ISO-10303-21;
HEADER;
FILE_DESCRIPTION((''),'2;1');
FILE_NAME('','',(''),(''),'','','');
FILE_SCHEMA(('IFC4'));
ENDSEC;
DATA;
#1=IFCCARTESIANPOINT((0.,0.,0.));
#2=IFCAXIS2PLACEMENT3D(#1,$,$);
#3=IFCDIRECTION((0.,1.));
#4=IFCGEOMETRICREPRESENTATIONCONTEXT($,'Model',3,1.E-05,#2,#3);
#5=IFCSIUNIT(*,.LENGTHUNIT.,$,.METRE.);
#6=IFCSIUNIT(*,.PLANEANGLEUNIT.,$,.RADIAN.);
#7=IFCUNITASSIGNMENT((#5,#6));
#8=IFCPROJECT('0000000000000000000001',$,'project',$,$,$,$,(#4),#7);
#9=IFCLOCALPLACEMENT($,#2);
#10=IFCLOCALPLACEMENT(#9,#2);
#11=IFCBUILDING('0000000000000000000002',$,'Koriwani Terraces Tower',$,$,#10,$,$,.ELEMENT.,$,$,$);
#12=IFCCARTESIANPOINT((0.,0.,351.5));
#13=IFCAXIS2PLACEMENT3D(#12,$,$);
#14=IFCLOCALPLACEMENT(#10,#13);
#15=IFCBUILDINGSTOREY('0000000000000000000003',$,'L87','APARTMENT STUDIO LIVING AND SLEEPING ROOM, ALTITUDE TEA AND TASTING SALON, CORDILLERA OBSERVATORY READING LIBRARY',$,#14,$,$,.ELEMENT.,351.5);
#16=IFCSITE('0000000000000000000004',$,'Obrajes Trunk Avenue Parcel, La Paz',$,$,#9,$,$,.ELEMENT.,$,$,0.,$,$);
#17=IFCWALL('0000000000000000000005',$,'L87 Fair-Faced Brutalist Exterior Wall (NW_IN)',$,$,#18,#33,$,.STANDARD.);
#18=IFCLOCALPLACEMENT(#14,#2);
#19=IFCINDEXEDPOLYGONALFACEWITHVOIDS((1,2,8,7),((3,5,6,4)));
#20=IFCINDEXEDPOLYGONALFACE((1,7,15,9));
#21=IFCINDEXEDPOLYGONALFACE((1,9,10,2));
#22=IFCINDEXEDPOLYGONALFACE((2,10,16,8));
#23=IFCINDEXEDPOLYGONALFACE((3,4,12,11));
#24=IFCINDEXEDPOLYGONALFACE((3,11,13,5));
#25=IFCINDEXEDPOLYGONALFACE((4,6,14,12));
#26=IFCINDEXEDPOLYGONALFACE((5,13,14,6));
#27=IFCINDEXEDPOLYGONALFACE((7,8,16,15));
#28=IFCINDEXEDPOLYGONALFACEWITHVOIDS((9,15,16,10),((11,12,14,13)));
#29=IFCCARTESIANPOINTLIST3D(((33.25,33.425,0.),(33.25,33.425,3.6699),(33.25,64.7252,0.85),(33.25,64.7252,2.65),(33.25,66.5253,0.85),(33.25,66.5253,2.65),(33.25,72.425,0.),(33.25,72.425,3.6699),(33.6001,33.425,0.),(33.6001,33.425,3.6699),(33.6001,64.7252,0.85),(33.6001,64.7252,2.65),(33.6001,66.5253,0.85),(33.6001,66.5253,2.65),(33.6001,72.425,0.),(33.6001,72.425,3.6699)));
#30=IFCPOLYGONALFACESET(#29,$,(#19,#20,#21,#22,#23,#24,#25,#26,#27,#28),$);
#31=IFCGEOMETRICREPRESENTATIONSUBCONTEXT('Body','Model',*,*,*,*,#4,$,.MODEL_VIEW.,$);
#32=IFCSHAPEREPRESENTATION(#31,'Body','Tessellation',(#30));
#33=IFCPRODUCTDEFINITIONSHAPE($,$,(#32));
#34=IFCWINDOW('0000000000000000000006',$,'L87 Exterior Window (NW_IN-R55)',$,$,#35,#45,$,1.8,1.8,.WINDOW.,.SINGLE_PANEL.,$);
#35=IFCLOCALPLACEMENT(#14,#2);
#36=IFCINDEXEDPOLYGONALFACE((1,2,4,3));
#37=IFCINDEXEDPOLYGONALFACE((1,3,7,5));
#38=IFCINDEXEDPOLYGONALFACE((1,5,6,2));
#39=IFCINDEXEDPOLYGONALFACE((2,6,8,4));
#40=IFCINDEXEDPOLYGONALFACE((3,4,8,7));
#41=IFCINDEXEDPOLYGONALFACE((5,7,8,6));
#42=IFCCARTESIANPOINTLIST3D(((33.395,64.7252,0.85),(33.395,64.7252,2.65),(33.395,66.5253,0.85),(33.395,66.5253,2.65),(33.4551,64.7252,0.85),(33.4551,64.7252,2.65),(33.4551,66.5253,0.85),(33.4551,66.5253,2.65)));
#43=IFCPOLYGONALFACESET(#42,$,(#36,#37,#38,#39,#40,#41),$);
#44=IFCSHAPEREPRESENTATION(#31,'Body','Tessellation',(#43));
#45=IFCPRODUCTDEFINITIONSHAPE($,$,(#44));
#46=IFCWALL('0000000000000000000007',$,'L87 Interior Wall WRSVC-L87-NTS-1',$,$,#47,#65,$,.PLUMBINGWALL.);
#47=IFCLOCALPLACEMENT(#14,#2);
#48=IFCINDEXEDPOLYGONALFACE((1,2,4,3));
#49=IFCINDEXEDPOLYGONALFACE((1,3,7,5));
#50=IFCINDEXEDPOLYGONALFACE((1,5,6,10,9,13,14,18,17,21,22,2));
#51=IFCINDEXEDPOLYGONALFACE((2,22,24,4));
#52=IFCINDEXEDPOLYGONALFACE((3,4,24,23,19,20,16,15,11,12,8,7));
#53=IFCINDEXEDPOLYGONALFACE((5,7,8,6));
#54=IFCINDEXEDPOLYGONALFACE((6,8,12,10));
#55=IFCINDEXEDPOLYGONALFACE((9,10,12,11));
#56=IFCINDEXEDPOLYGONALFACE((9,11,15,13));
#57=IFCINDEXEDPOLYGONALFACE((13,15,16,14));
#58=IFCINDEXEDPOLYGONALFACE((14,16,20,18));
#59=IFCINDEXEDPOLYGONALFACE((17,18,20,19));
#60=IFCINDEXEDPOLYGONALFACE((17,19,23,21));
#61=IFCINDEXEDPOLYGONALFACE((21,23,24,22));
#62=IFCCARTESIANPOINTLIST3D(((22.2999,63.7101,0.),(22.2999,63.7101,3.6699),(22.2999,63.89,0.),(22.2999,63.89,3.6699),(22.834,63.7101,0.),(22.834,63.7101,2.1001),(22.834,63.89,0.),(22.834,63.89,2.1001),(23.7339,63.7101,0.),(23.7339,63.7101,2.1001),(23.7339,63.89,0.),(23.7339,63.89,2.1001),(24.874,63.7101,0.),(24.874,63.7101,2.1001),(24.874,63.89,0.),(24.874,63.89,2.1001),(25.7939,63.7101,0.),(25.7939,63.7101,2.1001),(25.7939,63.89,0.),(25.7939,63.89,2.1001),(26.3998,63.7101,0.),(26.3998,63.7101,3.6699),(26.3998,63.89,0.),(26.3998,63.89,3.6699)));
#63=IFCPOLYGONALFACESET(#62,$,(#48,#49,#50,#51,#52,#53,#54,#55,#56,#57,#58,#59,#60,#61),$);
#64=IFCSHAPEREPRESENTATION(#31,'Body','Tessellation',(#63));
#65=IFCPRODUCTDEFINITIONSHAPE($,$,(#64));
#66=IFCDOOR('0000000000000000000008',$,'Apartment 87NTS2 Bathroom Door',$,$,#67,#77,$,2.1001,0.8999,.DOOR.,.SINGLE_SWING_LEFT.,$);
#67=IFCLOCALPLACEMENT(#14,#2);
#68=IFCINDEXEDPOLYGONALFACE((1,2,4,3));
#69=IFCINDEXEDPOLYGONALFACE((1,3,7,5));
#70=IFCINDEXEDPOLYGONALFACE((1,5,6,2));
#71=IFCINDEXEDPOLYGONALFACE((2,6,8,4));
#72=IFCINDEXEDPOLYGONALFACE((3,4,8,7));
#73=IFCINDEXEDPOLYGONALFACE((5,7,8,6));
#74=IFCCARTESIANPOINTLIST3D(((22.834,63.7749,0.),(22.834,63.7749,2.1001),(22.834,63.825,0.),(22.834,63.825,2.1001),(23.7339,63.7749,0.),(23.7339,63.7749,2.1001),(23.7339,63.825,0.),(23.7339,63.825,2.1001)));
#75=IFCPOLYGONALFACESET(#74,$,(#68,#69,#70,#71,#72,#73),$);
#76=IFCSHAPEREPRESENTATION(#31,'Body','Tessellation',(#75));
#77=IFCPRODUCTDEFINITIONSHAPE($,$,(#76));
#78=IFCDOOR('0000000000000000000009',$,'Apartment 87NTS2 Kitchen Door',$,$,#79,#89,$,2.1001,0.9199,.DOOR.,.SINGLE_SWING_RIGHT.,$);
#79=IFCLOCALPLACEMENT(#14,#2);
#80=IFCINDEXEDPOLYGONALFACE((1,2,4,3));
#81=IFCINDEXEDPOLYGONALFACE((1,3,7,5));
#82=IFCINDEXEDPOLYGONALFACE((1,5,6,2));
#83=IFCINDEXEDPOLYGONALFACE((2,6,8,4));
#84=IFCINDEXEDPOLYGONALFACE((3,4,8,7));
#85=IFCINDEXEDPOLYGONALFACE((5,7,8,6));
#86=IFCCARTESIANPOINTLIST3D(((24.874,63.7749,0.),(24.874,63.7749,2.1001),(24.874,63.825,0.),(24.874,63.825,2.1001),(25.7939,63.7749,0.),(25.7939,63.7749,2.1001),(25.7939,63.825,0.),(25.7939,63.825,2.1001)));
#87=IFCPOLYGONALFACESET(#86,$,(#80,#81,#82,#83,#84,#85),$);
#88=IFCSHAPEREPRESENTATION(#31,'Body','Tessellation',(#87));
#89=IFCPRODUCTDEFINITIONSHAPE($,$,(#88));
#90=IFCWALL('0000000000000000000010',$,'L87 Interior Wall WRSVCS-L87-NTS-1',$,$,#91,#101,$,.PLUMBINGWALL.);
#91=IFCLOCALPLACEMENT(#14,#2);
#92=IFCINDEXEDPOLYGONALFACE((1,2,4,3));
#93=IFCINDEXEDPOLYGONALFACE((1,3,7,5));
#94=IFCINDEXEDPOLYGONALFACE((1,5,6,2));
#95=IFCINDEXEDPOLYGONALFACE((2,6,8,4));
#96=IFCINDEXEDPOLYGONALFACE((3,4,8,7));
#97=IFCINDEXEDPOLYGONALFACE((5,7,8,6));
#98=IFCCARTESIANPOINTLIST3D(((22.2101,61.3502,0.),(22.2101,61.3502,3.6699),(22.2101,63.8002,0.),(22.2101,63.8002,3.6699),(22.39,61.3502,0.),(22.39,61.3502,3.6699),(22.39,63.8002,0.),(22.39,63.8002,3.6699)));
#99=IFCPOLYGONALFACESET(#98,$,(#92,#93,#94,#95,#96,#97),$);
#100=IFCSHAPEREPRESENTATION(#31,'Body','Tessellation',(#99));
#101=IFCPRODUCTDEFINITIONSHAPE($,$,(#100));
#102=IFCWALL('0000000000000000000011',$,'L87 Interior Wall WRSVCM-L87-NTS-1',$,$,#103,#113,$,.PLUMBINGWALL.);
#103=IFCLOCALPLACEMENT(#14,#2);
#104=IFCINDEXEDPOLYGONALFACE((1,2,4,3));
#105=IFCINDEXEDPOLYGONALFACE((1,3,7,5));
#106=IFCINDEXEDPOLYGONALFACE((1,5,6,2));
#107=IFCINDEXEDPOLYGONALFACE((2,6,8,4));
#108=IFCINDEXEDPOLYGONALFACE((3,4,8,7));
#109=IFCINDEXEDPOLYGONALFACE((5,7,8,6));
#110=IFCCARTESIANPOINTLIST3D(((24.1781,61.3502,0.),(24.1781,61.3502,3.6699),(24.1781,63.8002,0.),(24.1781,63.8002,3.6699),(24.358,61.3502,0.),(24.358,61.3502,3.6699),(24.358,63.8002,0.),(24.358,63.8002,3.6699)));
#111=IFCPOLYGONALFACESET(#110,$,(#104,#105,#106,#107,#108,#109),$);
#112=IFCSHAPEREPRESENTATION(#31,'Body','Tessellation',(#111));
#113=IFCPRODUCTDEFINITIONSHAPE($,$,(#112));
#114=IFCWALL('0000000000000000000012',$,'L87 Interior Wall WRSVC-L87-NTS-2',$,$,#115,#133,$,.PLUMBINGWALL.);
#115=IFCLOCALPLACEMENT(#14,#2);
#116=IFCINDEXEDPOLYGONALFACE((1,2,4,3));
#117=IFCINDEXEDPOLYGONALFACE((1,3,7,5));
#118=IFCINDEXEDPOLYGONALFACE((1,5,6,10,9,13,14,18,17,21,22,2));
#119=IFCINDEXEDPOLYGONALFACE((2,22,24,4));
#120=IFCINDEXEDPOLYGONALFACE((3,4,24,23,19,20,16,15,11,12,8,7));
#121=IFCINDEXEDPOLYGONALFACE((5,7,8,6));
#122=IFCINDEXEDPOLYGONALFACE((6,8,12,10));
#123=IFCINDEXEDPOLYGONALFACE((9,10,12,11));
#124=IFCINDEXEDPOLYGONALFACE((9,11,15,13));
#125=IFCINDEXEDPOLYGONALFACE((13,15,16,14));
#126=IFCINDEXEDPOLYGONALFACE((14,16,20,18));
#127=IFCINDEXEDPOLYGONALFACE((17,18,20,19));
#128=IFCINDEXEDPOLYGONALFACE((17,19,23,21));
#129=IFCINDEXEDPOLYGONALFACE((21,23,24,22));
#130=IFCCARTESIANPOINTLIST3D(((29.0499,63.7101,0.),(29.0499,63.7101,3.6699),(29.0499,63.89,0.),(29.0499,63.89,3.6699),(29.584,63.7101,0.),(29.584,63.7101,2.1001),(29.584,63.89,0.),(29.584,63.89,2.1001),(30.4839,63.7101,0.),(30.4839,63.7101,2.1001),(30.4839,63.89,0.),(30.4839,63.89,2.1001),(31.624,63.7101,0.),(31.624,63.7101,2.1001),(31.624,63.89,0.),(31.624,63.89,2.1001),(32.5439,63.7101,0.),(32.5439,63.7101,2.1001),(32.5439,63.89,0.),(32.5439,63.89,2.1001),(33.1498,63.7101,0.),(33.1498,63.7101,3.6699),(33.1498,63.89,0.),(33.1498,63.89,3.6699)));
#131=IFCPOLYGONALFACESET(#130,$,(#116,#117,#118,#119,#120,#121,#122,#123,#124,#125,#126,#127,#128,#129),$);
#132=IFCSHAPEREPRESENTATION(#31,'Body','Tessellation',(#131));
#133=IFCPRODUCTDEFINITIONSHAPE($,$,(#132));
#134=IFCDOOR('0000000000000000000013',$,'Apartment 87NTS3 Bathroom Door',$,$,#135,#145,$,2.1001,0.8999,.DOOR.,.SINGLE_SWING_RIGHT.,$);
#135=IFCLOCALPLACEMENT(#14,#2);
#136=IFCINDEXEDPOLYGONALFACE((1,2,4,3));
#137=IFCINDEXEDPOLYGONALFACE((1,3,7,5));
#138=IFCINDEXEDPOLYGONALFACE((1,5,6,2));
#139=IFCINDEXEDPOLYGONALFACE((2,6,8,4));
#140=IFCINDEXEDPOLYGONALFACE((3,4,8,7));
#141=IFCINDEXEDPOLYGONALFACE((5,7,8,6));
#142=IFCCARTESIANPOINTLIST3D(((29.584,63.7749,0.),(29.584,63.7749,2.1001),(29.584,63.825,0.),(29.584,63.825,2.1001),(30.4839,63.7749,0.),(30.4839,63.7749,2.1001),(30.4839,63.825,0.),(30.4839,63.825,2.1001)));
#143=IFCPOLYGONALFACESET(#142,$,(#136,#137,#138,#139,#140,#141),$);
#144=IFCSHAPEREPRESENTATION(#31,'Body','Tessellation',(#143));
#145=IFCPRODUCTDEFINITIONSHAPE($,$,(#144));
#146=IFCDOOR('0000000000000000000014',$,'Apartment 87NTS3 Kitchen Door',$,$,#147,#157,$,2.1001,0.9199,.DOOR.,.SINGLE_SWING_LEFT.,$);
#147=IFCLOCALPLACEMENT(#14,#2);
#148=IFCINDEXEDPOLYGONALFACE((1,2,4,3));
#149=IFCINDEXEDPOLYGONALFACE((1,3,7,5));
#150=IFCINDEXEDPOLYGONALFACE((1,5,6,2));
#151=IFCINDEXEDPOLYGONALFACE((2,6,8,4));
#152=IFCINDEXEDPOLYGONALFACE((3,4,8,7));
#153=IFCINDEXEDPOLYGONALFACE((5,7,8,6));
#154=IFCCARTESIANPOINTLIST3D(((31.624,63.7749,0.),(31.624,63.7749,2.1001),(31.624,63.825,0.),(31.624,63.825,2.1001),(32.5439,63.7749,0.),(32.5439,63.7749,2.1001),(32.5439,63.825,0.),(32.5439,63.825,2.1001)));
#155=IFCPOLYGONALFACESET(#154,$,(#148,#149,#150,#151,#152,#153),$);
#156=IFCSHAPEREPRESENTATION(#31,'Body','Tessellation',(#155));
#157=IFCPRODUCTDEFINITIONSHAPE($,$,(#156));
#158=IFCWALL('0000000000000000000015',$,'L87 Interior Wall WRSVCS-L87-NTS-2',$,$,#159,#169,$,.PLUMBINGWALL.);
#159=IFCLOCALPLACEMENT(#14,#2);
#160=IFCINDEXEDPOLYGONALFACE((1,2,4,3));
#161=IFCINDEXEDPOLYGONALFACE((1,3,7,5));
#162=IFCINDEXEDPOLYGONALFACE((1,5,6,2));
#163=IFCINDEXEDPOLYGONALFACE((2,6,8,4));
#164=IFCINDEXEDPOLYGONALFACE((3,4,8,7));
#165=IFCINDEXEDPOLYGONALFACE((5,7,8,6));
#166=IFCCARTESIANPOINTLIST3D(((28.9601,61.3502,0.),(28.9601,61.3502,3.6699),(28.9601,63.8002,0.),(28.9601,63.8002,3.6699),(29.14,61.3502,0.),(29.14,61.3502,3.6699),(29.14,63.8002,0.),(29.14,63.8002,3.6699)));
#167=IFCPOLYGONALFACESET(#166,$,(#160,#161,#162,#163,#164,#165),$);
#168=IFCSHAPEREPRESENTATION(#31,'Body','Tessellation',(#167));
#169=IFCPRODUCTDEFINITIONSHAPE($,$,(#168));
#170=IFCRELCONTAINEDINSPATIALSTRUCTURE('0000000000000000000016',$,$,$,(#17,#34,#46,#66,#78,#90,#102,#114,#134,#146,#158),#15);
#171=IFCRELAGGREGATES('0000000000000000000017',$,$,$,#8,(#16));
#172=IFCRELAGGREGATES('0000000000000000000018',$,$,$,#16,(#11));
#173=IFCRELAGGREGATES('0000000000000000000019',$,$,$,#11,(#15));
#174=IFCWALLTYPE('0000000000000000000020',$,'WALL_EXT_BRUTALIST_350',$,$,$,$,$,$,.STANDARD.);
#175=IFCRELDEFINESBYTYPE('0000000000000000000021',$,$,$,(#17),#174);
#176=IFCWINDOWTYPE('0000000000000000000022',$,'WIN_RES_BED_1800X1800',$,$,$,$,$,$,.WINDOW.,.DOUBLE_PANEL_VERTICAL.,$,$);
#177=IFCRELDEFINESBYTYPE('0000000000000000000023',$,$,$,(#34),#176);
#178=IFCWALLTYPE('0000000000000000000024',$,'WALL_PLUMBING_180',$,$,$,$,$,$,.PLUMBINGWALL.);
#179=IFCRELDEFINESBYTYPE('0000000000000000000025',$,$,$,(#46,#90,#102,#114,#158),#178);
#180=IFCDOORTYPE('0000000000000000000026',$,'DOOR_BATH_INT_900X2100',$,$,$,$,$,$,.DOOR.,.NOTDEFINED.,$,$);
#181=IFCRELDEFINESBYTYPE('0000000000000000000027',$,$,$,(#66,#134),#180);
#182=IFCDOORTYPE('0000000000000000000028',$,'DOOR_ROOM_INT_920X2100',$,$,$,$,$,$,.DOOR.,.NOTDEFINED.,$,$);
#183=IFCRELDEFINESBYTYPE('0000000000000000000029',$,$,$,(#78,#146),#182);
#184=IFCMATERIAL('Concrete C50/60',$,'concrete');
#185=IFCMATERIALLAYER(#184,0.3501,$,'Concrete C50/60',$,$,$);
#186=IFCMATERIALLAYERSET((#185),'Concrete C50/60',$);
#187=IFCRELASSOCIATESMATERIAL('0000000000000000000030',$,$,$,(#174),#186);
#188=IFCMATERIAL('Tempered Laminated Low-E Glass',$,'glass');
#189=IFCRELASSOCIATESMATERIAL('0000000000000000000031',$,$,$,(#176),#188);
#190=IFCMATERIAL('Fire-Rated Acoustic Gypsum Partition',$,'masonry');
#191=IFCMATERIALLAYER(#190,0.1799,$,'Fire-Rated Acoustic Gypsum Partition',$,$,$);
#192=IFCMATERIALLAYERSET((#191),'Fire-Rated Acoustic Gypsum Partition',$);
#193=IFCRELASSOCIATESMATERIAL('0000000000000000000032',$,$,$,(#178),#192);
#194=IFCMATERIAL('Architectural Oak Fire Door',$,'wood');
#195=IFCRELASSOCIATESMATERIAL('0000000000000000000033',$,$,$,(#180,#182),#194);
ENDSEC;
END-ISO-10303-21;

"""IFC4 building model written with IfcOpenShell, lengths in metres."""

from ifc_helpers import new_model, si_unit, direction, frame, frame_2d, origin, place, context, subcontext, project, spatial, rectangle, extrude, material, layer, layer_set, type_object, element, fill, save


model = new_model("IFC4")

# Units and contexts
model_context = context("Model", 3, precision=1e-05, world=origin(), true_north=direction((0.0, 1.0)))
body_context = subcontext(model_context, "Body", "Model", "MODEL_VIEW")
ifc_project = project(units=[si_unit("LENGTHUNIT", "METRE"), si_unit("PLANEANGLEUNIT", "RADIAN")], contexts=[model_context])

# Site, building, storey
site_placement = place(None, origin())
site = spatial("IfcSite", under=ifc_project, at=site_placement, Name="Obrajes Trunk Avenue Parcel, La Paz", CompositionType="ELEMENT", RefElevation=0.0)
building_placement = place(site_placement, origin())
building = spatial("IfcBuilding", under=site, at=building_placement, Name="Koriwani Terraces Tower", CompositionType="ELEMENT")
storey_placement = place(building_placement, frame((0.0, 0.0, 351.5)))
storey = spatial("IfcBuildingStorey", under=building, at=storey_placement, Name="L87", Description="APARTMENT STUDIO LIVING AND SLEEPING ROOM, ALTITUDE TEA AND TASTING SALON, CORDILLERA OBSERVATORY READING LIBRARY", CompositionType="ELEMENT", Elevation=351.5)

# Shared definitions
ifc_material_1 = material(Name="Concrete C50/60", Category="concrete")

# Shared definitions
ifc_layer_1 = layer(ifc_material_1, 0.3501, Name="Concrete C50/60")
ifc_layer_set_1 = layer_set([ifc_layer_1], Name="Concrete C50/60")
wall_type_1 = type_object("IfcWallType", Name="WALL_EXT_BRUTALIST_350", PredefinedType="STANDARD", material=ifc_layer_set_1)

# Wall, opening, window
ifc_material_2 = material(Name="Tempered Laminated Low-E Glass", Category="glass")
window_type = type_object("IfcWindowType", Name="WIN_RES_BED_1800X1800", PartitioningType="DOUBLE_PANEL_VERTICAL", PredefinedType="WINDOW", material=ifc_material_2)
wall_1_placement = place(storey_placement, frame((33.425, 72.425, 0.0), z_axis=(0.0, 0.0, 1.0), x_axis=(0.0, -1.0, 0.0)))
wall_1 = element("IfcWall", 1, at=wall_1_placement, inside=storey, type_object=wall_type_1, Name="L87 Fair-Faced Brutalist Exterior Wall (NW_IN)", PredefinedType="STANDARD", context=body_context, shape_type="SweptSolid", body=[
    extrude(rectangle(XDim=39.0, YDim=0.3501, at=frame_2d((19.5, 0.0))), origin(), (0.0, 0.0, 1.0), 3.6699),
])
opening_1_placement = place(wall_1_placement, frame((5.8999, 0.0, 0.8501)))
opening_1 = element("IfcOpeningElement", 2, at=opening_1_placement, cuts=wall_1, PredefinedType="OPENING", context=body_context, shape_type="SweptSolid", body=[
    extrude(rectangle(XDim=1.8, YDim=1.8, at=frame_2d((0.8999, 0.8999))), frame((0.0, 0.1851, 0.0), z_axis=(0.0, -1.0, 0.0), x_axis=(1.0, 0.0, 0.0)), (0.0, 0.0, 1.0), 0.3701),
])
window_1_placement = place(opening_1_placement, origin())
window_1 = element("IfcWindow", 3, at=window_1_placement, inside=storey, type_object=window_type, Name="L87 Exterior Window (NW_IN-R55)", OverallHeight=1.8, OverallWidth=1.8, PartitioningType="SINGLE_PANEL", PredefinedType="WINDOW", context=body_context, shape_type="SweptSolid", body=[
    extrude(rectangle(XDim=1.8, YDim=1.8, at=frame_2d((0.8999, 0.8999))), frame((0.0, 0.03, 0.0), z_axis=(0.0, -1.0, 0.0), x_axis=(1.0, 0.0, 0.0)), (0.0, 0.0, 1.0), 0.0601),
])
fill(opening_1, window_1)

# Wall, openings, doors
ifc_material_3 = material(Name="Fire-Rated Acoustic Gypsum Partition", Category="masonry")
ifc_layer_2 = layer(ifc_material_3, 0.1799, Name="Fire-Rated Acoustic Gypsum Partition")
ifc_layer_set_2 = layer_set([ifc_layer_2], Name="Fire-Rated Acoustic Gypsum Partition")
wall_type_2 = type_object("IfcWallType", Name="WALL_PLUMBING_180", PredefinedType="PLUMBINGWALL", material=ifc_layer_set_2)
wall_2_placement = place(storey_placement, frame((22.3, 63.8, 0.0), z_axis=(0.0, 0.0, 1.0), x_axis=(1.0, 0.0, 0.0)))
wall_2 = element("IfcWall", 4, at=wall_2_placement, inside=storey, type_object=wall_type_2, Name="L87 Interior Wall WRSVC-L87-NTS-1", PredefinedType="PLUMBINGWALL", context=body_context, shape_type="SweptSolid", body=[
    extrude(rectangle(XDim=4.0999, YDim=0.1799, at=frame_2d((2.0498, 0.0))), origin(), (0.0, 0.0, 1.0), 3.6699),
])
opening_2_placement = place(wall_2_placement, frame((0.5339, 0.0, 0.0)))
opening_2 = element("IfcOpeningElement", 5, at=opening_2_placement, cuts=wall_2, PredefinedType="OPENING", context=body_context, shape_type="SweptSolid", body=[
    extrude(rectangle(XDim=0.8999, YDim=2.1001, at=frame_2d((0.45, 1.05))), frame((0.0, 0.1001, 0.0), z_axis=(0.0, -1.0, 0.0), x_axis=(1.0, 0.0, 0.0)), (0.0, 0.0, 1.0), 0.2),
])
opening_3_placement = place(wall_2_placement, frame((2.574, 0.0, 0.0)))
opening_3 = element("IfcOpeningElement", 6, at=opening_3_placement, cuts=wall_2, PredefinedType="OPENING", context=body_context, shape_type="SweptSolid", body=[
    extrude(rectangle(XDim=0.9199, YDim=2.1001, at=frame_2d((0.46, 1.05))), frame((0.0, 0.1001, 0.0), z_axis=(0.0, -1.0, 0.0), x_axis=(1.0, 0.0, 0.0)), (0.0, 0.0, 1.0), 0.2),
])
ifc_material_4 = material(Name="Architectural Oak Fire Door", Category="wood")
door_type_1 = type_object("IfcDoorType", Name="DOOR_BATH_INT_900X2100", OperationType="NOTDEFINED", PredefinedType="DOOR", material=ifc_material_4)
door_1_placement = place(opening_2_placement, origin())
door_1 = element("IfcDoor", 7, at=door_1_placement, inside=storey, type_object=door_type_1, Name="Apartment 87NTS2 Bathroom Door", OperationType="SINGLE_SWING_LEFT", OverallHeight=2.1001, OverallWidth=0.8999, PredefinedType="DOOR", context=body_context, shape_type="SweptSolid", body=[
    extrude(rectangle(XDim=0.8999, YDim=2.1001, at=frame_2d((0.45, 1.05))), frame((0.0, 0.0249, 0.0), z_axis=(0.0, -1.0, 0.0), x_axis=(1.0, 0.0, 0.0)), (0.0, 0.0, 1.0), 0.05),
])
fill(opening_2, door_1)
door_type_2 = type_object("IfcDoorType", Name="DOOR_ROOM_INT_920X2100", OperationType="NOTDEFINED", PredefinedType="DOOR", material=ifc_material_4)
door_2_placement = place(opening_3_placement, origin())
door_2 = element("IfcDoor", 8, at=door_2_placement, inside=storey, type_object=door_type_2, Name="Apartment 87NTS2 Kitchen Door", OperationType="SINGLE_SWING_RIGHT", OverallHeight=2.1001, OverallWidth=0.9199, PredefinedType="DOOR", context=body_context, shape_type="SweptSolid", body=[
    extrude(rectangle(XDim=0.9199, YDim=2.1001, at=frame_2d((0.46, 1.05))), frame((0.0, 0.0249, 0.0), z_axis=(0.0, -1.0, 0.0), x_axis=(1.0, 0.0, 0.0)), (0.0, 0.0, 1.0), 0.05),
])
fill(opening_3, door_2)

# Walls
for number, where, z_axis, x_axis, name in (
    (9, (22.3, 61.3501, 0.0), (0.0, 0.0, 1.0), (0.0, 1.0, 0.0), "L87 Interior Wall WRSVCS-L87-NTS-1"),
    (10, (24.2681, 61.3501, 0.0), (0.0, 0.0, 1.0), (0.0, 1.0, 0.0), "L87 Interior Wall WRSVCM-L87-NTS-1"),
):
    element("IfcWall", number, at=place(storey_placement, frame(where, z_axis=z_axis, x_axis=x_axis)), inside=storey, type_object=wall_type_2, Name=name, PredefinedType="PLUMBINGWALL", context=body_context, shape_type="SweptSolid", body=[
        extrude(rectangle(XDim=2.45, YDim=0.1799, at=frame_2d((1.2251, 0.0))), origin(), (0.0, 0.0, 1.0), 3.6699),
    ])

# Wall, openings, doors
wall_3_placement = place(storey_placement, frame((29.05, 63.8, 0.0), z_axis=(0.0, 0.0, 1.0), x_axis=(1.0, 0.0, 0.0)))
wall_3 = element("IfcWall", 11, at=wall_3_placement, inside=storey, type_object=wall_type_2, Name="L87 Interior Wall WRSVC-L87-NTS-2", PredefinedType="PLUMBINGWALL", context=body_context, shape_type="SweptSolid", body=[
    extrude(rectangle(XDim=4.0999, YDim=0.1799, at=frame_2d((2.0498, 0.0))), origin(), (0.0, 0.0, 1.0), 3.6699),
])
opening_4_placement = place(wall_3_placement, frame((0.5339, 0.0, 0.0)))
opening_4 = element("IfcOpeningElement", 12, at=opening_4_placement, cuts=wall_3, PredefinedType="OPENING", context=body_context, shape_type="SweptSolid", body=[
    extrude(rectangle(XDim=0.8999, YDim=2.1001, at=frame_2d((0.45, 1.05))), frame((0.0, 0.1001, 0.0), z_axis=(0.0, -1.0, 0.0), x_axis=(1.0, 0.0, 0.0)), (0.0, 0.0, 1.0), 0.2),
])
opening_5_placement = place(wall_3_placement, frame((2.574, 0.0, 0.0)))
opening_5 = element("IfcOpeningElement", 13, at=opening_5_placement, cuts=wall_3, PredefinedType="OPENING", context=body_context, shape_type="SweptSolid", body=[
    extrude(rectangle(XDim=0.9199, YDim=2.1001, at=frame_2d((0.46, 1.05))), frame((0.0, 0.1001, 0.0), z_axis=(0.0, -1.0, 0.0), x_axis=(1.0, 0.0, 0.0)), (0.0, 0.0, 1.0), 0.2),
])
door_3_placement = place(opening_4_placement, origin())
door_3 = element("IfcDoor", 14, at=door_3_placement, inside=storey, type_object=door_type_1, Name="Apartment 87NTS3 Bathroom Door", OperationType="SINGLE_SWING_RIGHT", OverallHeight=2.1001, OverallWidth=0.8999, PredefinedType="DOOR", context=body_context, shape_type="SweptSolid", body=[
    extrude(rectangle(XDim=0.8999, YDim=2.1001, at=frame_2d((0.45, 1.05))), frame((0.0, 0.0249, 0.0), z_axis=(0.0, -1.0, 0.0), x_axis=(1.0, 0.0, 0.0)), (0.0, 0.0, 1.0), 0.05),
])
fill(opening_4, door_3)
door_4_placement = place(opening_5_placement, origin())
door_4 = element("IfcDoor", 15, at=door_4_placement, inside=storey, type_object=door_type_2, Name="Apartment 87NTS3 Kitchen Door", OperationType="SINGLE_SWING_LEFT", OverallHeight=2.1001, OverallWidth=0.9199, PredefinedType="DOOR", context=body_context, shape_type="SweptSolid", body=[
    extrude(rectangle(XDim=0.9199, YDim=2.1001, at=frame_2d((0.46, 1.05))), frame((0.0, 0.0249, 0.0), z_axis=(0.0, -1.0, 0.0), x_axis=(1.0, 0.0, 0.0)), (0.0, 0.0, 1.0), 0.05),
])
fill(opening_5, door_4)

# Wall
for number, where, z_axis, x_axis, name in (
    (16, (29.05, 61.3501, 0.0), (0.0, 0.0, 1.0), (0.0, 1.0, 0.0), "L87 Interior Wall WRSVCS-L87-NTS-2"),
):
    element("IfcWall", number, at=place(storey_placement, frame(where, z_axis=z_axis, x_axis=x_axis)), inside=storey, type_object=wall_type_2, Name=name, PredefinedType="PLUMBINGWALL", context=body_context, shape_type="SweptSolid", body=[
        extrude(rectangle(XDim=2.45, YDim=0.1799, at=frame_2d((1.2251, 0.0))), origin(), (0.0, 0.0, 1.0), 3.6699),
    ])

save(model, "model.ifc")
